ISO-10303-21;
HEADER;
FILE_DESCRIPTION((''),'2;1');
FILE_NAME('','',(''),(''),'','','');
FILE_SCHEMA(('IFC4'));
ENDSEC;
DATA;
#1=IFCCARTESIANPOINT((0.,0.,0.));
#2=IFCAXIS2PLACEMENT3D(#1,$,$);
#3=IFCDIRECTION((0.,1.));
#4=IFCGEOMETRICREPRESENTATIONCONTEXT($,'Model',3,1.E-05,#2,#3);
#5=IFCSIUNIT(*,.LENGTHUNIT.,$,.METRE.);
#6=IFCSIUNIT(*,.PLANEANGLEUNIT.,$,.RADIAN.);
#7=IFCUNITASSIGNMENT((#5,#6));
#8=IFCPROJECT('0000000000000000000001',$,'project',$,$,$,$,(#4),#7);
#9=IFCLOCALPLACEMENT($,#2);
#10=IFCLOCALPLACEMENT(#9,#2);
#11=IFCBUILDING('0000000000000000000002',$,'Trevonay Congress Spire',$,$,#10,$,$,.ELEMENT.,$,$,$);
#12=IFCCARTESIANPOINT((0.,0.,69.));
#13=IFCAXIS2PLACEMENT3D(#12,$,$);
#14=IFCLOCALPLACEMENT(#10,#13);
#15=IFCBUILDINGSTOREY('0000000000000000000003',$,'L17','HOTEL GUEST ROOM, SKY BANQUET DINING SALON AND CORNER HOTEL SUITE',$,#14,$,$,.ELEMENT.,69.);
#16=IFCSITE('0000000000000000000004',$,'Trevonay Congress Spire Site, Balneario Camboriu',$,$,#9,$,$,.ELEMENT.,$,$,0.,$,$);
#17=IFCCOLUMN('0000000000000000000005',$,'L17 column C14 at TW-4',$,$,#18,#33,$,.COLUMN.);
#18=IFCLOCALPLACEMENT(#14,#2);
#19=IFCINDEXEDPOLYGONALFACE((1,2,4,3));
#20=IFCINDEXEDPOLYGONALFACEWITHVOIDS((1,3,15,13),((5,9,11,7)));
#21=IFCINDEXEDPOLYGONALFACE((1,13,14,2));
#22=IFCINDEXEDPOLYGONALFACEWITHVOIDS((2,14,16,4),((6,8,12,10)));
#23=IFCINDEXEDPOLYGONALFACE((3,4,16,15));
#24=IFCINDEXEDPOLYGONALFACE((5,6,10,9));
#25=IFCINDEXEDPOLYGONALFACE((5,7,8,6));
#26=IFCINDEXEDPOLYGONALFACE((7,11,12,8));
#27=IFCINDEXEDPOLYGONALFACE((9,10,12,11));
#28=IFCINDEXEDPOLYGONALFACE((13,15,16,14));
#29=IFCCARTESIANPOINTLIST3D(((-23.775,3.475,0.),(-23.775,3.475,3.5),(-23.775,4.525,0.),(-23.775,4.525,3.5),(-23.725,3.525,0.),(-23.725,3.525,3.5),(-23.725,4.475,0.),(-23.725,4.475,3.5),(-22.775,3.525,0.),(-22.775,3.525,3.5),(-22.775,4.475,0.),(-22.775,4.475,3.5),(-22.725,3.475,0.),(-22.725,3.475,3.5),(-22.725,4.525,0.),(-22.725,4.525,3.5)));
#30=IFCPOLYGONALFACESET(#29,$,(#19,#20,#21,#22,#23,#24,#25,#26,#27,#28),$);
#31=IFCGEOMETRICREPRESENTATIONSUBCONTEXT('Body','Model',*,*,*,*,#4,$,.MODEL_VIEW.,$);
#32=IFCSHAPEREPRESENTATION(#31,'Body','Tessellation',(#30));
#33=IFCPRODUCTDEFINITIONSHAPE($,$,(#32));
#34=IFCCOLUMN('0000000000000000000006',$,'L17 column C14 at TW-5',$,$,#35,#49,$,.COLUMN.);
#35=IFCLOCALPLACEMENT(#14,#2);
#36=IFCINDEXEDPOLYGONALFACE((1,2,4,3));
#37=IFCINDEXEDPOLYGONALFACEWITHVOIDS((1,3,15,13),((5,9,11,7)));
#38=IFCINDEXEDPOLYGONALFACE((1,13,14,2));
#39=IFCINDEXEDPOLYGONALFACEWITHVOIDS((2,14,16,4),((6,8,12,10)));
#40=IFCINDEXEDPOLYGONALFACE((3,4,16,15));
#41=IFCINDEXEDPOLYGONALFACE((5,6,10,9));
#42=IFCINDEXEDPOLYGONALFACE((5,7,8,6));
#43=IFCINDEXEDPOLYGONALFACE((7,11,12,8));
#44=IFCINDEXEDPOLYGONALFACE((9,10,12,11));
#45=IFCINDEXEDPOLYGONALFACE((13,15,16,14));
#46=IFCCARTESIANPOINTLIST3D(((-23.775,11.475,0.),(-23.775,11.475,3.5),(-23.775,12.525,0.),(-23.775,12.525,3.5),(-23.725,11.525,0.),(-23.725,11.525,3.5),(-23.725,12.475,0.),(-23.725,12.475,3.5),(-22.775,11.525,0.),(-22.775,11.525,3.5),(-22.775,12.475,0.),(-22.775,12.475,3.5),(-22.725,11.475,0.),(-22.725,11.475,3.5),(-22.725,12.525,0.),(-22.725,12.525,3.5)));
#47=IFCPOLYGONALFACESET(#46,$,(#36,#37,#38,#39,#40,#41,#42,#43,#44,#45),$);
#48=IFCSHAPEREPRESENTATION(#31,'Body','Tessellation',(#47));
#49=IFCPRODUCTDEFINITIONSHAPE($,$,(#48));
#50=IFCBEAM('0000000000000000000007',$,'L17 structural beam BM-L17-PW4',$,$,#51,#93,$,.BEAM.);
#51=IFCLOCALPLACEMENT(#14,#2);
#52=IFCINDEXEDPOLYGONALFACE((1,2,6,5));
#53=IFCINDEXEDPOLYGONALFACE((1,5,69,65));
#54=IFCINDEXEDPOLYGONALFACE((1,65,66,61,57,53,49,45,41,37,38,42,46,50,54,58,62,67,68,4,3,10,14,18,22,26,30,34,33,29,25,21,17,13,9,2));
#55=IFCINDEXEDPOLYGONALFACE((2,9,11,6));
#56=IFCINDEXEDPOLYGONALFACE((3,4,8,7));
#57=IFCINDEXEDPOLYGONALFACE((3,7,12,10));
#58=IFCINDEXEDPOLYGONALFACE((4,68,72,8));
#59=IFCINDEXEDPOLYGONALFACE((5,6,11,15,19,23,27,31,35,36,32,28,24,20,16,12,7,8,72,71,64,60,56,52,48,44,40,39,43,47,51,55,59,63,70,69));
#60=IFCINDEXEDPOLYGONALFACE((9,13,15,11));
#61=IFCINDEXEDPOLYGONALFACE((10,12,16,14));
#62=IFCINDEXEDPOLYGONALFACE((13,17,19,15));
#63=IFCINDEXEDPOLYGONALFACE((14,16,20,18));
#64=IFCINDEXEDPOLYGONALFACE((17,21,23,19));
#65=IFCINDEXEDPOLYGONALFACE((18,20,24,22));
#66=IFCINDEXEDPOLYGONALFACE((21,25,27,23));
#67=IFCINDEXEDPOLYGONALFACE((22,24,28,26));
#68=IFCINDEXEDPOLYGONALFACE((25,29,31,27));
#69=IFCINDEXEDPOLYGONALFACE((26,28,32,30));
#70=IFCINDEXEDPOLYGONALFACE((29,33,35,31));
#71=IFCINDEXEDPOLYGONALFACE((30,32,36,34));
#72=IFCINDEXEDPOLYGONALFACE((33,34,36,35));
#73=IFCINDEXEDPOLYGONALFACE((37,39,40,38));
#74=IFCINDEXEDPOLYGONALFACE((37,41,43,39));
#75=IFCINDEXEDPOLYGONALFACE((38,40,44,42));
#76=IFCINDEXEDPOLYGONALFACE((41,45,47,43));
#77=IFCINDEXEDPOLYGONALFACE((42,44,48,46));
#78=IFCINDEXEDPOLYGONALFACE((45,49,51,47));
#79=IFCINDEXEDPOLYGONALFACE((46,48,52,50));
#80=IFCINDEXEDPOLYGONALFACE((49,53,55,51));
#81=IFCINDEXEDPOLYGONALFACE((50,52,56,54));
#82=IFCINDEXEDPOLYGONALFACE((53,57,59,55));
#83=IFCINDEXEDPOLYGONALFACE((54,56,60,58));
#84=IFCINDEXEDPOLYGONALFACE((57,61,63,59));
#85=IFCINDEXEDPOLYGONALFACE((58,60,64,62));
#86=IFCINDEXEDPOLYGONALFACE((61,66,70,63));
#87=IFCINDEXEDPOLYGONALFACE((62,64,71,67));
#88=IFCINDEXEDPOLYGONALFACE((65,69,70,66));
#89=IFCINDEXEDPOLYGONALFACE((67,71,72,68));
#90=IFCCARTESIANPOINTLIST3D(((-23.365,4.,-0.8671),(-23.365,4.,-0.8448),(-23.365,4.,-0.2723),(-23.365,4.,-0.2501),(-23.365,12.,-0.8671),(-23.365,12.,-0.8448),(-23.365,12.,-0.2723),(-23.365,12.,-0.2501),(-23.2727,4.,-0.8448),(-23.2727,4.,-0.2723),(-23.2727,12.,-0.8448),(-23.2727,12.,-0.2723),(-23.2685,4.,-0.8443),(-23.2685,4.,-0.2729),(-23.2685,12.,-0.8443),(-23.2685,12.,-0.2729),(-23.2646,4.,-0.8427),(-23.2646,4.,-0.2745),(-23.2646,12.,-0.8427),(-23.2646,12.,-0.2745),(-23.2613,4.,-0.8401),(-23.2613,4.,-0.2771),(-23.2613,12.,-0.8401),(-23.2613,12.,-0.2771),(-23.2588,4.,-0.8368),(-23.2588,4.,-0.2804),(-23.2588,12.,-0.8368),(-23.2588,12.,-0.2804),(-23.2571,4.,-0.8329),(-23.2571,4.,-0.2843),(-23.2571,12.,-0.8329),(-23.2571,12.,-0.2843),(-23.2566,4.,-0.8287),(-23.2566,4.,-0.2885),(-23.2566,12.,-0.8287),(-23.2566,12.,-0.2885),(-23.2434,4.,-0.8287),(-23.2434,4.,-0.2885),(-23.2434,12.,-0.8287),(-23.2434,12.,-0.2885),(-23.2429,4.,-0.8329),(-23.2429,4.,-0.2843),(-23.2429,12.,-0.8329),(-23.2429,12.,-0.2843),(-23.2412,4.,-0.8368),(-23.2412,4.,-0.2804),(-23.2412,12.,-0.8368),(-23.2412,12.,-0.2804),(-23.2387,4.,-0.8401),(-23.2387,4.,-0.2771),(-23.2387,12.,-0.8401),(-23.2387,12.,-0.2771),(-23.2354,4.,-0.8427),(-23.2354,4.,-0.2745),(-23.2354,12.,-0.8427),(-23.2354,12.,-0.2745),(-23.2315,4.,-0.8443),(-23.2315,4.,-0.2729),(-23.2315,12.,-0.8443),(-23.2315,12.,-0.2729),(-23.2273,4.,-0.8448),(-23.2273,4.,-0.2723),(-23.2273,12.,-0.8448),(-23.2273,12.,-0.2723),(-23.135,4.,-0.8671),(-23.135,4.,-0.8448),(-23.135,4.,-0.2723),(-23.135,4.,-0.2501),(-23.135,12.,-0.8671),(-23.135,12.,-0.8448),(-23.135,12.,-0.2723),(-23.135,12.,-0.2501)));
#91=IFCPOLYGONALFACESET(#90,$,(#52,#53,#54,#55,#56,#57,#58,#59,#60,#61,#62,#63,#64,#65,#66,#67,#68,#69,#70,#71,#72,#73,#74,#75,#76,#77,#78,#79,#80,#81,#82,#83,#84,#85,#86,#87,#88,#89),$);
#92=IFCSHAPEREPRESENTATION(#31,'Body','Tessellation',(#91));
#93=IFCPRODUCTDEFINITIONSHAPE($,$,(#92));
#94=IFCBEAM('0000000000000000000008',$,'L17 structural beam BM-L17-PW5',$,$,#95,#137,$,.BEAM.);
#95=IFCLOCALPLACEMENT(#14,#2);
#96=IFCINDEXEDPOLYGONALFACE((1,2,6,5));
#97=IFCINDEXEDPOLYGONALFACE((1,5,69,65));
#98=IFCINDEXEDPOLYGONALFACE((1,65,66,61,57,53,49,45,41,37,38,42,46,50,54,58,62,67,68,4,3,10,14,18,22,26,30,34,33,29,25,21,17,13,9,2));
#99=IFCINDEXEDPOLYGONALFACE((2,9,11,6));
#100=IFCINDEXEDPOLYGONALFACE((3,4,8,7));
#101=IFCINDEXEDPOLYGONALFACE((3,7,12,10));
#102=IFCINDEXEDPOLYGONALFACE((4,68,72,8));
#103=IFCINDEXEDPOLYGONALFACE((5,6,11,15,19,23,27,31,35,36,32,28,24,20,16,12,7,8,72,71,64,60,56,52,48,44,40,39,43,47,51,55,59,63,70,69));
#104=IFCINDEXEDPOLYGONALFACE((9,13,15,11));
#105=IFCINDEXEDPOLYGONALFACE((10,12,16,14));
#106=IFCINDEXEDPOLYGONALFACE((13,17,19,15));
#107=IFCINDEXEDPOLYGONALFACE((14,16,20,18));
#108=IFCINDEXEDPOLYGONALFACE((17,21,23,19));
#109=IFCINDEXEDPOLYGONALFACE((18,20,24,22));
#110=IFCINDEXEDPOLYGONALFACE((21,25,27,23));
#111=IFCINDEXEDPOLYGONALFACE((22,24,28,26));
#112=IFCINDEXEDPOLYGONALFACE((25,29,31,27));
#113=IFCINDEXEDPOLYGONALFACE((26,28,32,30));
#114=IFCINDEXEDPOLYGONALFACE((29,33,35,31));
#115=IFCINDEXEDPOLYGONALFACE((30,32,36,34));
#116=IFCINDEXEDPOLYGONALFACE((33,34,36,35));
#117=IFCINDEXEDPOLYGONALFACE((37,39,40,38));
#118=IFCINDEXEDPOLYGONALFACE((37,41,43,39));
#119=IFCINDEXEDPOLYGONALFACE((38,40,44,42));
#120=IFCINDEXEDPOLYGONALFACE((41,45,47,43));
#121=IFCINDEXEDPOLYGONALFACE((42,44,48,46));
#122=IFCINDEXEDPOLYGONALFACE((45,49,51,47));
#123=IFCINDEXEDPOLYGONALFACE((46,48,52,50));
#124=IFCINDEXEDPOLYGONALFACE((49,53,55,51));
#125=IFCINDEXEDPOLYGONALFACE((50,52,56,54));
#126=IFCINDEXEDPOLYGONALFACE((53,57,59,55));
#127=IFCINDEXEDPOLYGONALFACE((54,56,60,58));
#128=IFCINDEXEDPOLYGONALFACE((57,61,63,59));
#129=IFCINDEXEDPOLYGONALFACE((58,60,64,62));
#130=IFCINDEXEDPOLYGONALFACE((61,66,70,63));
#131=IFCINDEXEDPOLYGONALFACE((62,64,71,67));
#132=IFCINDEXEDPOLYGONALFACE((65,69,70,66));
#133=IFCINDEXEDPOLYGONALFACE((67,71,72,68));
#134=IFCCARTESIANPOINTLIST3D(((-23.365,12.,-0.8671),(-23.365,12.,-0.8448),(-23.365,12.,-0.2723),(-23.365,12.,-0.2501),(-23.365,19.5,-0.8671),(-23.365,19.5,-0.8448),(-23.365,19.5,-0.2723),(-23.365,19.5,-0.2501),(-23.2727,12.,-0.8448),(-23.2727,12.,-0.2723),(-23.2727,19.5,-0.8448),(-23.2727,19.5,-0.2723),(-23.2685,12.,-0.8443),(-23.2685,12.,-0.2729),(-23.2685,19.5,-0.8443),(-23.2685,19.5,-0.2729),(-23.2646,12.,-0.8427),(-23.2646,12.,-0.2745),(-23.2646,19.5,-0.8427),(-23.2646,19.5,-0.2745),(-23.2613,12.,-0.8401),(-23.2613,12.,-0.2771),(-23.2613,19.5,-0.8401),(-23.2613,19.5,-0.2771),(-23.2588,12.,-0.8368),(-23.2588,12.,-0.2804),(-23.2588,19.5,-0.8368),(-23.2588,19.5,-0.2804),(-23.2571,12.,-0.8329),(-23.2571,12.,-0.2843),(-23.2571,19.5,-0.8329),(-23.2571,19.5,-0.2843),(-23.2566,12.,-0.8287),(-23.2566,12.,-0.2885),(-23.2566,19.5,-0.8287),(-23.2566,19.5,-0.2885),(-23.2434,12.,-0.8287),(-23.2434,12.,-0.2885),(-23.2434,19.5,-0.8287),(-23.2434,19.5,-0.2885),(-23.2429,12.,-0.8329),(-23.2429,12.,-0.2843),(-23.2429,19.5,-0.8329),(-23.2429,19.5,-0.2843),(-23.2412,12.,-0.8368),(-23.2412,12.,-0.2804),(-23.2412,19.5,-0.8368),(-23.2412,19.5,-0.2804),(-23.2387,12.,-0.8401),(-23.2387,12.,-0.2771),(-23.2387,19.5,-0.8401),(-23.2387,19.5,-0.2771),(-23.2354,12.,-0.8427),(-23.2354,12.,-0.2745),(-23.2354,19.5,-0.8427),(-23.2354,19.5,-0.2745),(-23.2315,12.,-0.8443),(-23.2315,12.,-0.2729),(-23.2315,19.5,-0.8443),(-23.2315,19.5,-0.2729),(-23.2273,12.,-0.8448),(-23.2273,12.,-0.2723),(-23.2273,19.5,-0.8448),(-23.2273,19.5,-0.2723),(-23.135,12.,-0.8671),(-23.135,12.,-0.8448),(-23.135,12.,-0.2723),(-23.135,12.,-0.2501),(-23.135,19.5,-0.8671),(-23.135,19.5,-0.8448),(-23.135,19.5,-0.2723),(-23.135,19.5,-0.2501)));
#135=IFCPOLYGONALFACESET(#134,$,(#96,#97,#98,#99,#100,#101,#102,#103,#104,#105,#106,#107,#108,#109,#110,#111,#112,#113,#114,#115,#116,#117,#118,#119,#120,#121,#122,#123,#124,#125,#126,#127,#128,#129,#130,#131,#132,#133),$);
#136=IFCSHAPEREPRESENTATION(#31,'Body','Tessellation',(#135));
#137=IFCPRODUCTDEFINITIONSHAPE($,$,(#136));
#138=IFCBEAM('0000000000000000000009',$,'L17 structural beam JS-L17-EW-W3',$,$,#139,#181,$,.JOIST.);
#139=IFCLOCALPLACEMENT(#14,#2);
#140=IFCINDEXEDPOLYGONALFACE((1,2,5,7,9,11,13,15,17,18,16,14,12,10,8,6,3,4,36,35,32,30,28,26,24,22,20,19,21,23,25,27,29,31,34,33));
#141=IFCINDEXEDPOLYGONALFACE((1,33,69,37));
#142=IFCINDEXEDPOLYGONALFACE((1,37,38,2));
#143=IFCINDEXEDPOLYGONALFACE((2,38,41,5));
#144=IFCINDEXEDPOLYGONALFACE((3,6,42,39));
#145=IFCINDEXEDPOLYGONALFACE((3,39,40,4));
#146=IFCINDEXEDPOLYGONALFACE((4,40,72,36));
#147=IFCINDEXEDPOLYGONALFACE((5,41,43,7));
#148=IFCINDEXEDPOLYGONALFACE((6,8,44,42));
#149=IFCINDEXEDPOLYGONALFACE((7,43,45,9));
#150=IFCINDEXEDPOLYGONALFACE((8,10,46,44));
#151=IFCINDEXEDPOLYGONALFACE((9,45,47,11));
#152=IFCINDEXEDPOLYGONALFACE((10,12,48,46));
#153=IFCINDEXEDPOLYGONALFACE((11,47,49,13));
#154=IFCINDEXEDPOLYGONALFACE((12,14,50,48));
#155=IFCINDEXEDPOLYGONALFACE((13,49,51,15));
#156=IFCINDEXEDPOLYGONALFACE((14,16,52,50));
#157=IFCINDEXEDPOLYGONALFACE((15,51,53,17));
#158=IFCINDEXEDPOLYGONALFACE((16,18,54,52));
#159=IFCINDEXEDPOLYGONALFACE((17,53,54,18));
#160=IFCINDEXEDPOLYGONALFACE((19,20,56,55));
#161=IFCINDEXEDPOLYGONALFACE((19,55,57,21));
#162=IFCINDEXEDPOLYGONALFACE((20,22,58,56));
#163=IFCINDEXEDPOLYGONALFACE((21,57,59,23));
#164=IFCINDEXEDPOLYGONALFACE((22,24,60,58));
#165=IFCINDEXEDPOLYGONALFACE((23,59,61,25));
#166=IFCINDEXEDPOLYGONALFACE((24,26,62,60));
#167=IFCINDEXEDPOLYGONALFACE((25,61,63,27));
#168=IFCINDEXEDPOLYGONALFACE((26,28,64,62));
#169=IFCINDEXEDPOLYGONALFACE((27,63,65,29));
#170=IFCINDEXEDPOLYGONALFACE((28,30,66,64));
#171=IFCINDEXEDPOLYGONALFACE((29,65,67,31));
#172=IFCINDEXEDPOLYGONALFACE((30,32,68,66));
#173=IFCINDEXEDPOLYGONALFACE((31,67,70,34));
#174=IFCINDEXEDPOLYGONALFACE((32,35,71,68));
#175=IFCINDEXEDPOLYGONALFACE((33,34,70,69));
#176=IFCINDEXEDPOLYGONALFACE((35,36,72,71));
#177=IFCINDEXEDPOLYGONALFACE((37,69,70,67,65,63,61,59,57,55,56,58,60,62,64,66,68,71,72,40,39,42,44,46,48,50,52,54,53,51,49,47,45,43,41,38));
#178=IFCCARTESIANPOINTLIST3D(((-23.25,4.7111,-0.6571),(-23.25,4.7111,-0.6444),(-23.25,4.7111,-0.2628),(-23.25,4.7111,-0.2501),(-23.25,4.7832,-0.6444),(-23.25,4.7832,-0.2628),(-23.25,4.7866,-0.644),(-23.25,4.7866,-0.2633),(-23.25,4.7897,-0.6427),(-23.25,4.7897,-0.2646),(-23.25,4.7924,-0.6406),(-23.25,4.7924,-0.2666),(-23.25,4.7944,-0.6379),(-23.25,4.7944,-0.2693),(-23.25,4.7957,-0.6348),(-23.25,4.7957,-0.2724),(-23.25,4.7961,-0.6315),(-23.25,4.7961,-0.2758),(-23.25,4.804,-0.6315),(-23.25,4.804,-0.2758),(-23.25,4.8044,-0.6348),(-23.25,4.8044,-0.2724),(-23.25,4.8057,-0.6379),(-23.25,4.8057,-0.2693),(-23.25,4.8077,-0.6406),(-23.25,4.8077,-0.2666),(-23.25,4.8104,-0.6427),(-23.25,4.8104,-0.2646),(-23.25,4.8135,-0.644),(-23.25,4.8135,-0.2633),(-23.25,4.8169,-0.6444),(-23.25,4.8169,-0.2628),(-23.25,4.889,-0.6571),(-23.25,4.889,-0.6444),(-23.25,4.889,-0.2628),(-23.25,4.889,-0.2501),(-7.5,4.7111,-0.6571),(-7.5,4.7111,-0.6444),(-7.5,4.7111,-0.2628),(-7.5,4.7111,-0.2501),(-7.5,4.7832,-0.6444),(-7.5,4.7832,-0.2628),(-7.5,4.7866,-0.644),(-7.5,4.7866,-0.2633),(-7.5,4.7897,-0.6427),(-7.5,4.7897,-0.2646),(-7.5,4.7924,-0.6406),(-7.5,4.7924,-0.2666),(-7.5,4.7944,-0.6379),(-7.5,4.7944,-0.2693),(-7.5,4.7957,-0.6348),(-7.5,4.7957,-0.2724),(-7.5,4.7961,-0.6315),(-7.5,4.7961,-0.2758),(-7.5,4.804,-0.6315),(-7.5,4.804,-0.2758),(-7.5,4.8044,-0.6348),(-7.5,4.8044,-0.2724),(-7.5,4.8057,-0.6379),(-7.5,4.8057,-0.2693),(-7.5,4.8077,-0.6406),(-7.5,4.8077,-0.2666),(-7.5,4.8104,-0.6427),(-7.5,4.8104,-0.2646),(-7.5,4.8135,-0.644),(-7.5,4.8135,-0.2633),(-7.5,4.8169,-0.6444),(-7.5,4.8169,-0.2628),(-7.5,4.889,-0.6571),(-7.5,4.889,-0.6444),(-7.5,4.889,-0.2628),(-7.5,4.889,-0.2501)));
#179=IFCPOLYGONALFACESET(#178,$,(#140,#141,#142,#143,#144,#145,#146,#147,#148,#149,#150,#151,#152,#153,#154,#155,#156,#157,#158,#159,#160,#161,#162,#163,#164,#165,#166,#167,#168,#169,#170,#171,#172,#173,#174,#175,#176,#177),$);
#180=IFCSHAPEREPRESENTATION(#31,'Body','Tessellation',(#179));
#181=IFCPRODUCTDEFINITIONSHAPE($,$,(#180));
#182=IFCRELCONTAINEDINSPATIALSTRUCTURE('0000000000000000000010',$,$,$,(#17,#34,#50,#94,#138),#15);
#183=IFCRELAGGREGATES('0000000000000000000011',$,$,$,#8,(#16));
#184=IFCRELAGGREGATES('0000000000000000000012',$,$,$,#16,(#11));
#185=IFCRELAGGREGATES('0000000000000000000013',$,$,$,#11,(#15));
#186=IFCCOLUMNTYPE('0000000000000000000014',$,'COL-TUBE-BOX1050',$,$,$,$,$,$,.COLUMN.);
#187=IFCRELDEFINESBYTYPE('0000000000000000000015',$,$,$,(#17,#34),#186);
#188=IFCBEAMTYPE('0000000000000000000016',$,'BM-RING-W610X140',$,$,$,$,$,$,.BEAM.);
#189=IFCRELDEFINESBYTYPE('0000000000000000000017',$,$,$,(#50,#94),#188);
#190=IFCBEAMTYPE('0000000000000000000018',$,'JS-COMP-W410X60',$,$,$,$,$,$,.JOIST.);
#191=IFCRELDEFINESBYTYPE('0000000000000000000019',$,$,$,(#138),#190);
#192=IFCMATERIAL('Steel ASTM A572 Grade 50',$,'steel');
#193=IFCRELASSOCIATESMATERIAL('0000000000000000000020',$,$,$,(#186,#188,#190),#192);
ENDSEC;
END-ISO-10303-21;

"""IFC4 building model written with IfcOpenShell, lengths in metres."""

from ifc_helpers import new_model, si_unit, direction, frame, origin, origin_2d, place, context, subcontext, project, spatial, hollow_rectangle, i_section, extrude, material, material_profile, profile_set, type_object, element, save


model = new_model("IFC4")

# Units and contexts
model_context = context("Model", 3, precision=1e-05, world=origin(), true_north=direction((0.0, 1.0)))
body_context = subcontext(model_context, "Body", "Model", "MODEL_VIEW")
ifc_project = project(units=[si_unit("LENGTHUNIT", "METRE"), si_unit("PLANEANGLEUNIT", "RADIAN")], contexts=[model_context])

# Site, building, storey
site_placement = place(None, origin())
site = spatial("IfcSite", under=ifc_project, at=site_placement, Name="Trevonay Congress Spire Site, Balneario Camboriu", CompositionType="ELEMENT", RefElevation=0.0)
building_placement = place(site_placement, origin())
building = spatial("IfcBuilding", under=site, at=building_placement, Name="Trevonay Congress Spire", CompositionType="ELEMENT")
storey_placement = place(building_placement, frame((0.0, 0.0, 69.0)))
storey = spatial("IfcBuildingStorey", under=building, at=storey_placement, Name="L17", Description="HOTEL GUEST ROOM, SKY BANQUET DINING SALON AND CORNER HOTEL SUITE", CompositionType="ELEMENT", Elevation=69.0)

# Columns
ifc_material_1 = material(Name="Steel ASTM A572 Grade 50", Category="steel")
ifc_material_profile_1 = material_profile(ifc_material_1, hollow_rectangle(XDim=1.05, YDim=1.05, WallThickness=0.05, at=origin_2d()), Name="BOX 1050x1050x50")
ifc_profile_set_1 = profile_set([ifc_material_profile_1], Name="Steel ASTM A572 Grade 50")
column_type = type_object("IfcColumnType", Name="COL-TUBE-BOX1050", PredefinedType="COLUMN", material=ifc_profile_set_1)
for number, where, z_axis, x_axis, name in (
    (1, (-23.25, 4.0, 0.0), (0.0, 0.0, 1.0), (1.0, 0.0, 0.0), "L17 column C14 at TW-4"),
    (2, (-23.25, 12.0, 0.0), (0.0, 0.0, 1.0), (1.0, 0.0, 0.0), "L17 column C14 at TW-5"),
):
    element("IfcColumn", number, at=place(storey_placement, frame(where, z_axis=z_axis, x_axis=x_axis)), inside=storey, type_object=column_type, Name=name, PredefinedType="COLUMN", context=body_context, shape_type="SweptSolid", body=[
        extrude(hollow_rectangle(XDim=1.05, YDim=1.05, WallThickness=0.05, at=origin_2d()), origin(), (0.0, 0.0, 1.0), 3.5),
    ])

# Beams
ifc_material_profile_2 = material_profile(ifc_material_1, i_section(OverallWidth=0.23, OverallDepth=0.6169, WebThickness=0.0132, FlangeThickness=0.0222, FilletRadius=0.0161, at=origin_2d()), Name="W610x140")
ifc_profile_set_2 = profile_set([ifc_material_profile_2], Name="Steel ASTM A572 Grade 50")
beam_type_1 = type_object("IfcBeamType", Name="BM-RING-W610X140", PredefinedType="BEAM", material=ifc_profile_set_2)
beam_1_placement = place(storey_placement, frame((-23.25, 4.0, -0.5586), z_axis=(0.0, 1.0, 0.0), x_axis=(-1.0, 0.0, 0.0)))
element("IfcBeam", 3, at=beam_1_placement, inside=storey, type_object=beam_type_1, Name="L17 structural beam BM-L17-PW4", PredefinedType="BEAM", context=body_context, shape_type="SweptSolid", body=[
    extrude(i_section(OverallWidth=0.23, OverallDepth=0.6169, WebThickness=0.0132, FlangeThickness=0.0222, FilletRadius=0.0161, at=origin_2d()), origin(), (0.0, 0.0, 1.0), 8.0),
])
beam_2_placement = place(storey_placement, frame((-23.25, 12.0, -0.5586), z_axis=(0.0, 1.0, 0.0), x_axis=(-1.0, 0.0, 0.0)))
element("IfcBeam", 4, at=beam_2_placement, inside=storey, type_object=beam_type_1, Name="L17 structural beam BM-L17-PW5", PredefinedType="BEAM", context=body_context, shape_type="SweptSolid", body=[
    extrude(i_section(OverallWidth=0.23, OverallDepth=0.6169, WebThickness=0.0132, FlangeThickness=0.0222, FilletRadius=0.0161, at=origin_2d()), origin(), (0.0, 0.0, 1.0), 7.5),
])
ifc_material_profile_3 = material_profile(ifc_material_1, i_section(OverallWidth=0.178, OverallDepth=0.407, WebThickness=0.0078, FlangeThickness=0.0127, FilletRadius=0.0129, at=origin_2d()), Name="W410x60")
ifc_profile_set_3 = profile_set([ifc_material_profile_3], Name="Steel ASTM A572 Grade 50")
beam_type_2 = type_object("IfcBeamType", Name="JS-COMP-W410X60", PredefinedType="JOIST", material=ifc_profile_set_3)
beam_3_placement = place(storey_placement, frame((-23.25, 4.8, -0.4536), z_axis=(1.0, 0.0, 0.0), x_axis=(0.0, 1.0, 0.0)))
element("IfcBeam", 5, at=beam_3_placement, inside=storey, type_object=beam_type_2, Name="L17 structural beam JS-L17-EW-W3", PredefinedType="JOIST", context=body_context, shape_type="SweptSolid", body=[
    extrude(i_section(OverallWidth=0.178, OverallDepth=0.407, WebThickness=0.0078, FlangeThickness=0.0127, FilletRadius=0.0129, at=origin_2d()), origin(), (0.0, 0.0, 1.0), 15.75),
])

save(model, "model.ifc")
